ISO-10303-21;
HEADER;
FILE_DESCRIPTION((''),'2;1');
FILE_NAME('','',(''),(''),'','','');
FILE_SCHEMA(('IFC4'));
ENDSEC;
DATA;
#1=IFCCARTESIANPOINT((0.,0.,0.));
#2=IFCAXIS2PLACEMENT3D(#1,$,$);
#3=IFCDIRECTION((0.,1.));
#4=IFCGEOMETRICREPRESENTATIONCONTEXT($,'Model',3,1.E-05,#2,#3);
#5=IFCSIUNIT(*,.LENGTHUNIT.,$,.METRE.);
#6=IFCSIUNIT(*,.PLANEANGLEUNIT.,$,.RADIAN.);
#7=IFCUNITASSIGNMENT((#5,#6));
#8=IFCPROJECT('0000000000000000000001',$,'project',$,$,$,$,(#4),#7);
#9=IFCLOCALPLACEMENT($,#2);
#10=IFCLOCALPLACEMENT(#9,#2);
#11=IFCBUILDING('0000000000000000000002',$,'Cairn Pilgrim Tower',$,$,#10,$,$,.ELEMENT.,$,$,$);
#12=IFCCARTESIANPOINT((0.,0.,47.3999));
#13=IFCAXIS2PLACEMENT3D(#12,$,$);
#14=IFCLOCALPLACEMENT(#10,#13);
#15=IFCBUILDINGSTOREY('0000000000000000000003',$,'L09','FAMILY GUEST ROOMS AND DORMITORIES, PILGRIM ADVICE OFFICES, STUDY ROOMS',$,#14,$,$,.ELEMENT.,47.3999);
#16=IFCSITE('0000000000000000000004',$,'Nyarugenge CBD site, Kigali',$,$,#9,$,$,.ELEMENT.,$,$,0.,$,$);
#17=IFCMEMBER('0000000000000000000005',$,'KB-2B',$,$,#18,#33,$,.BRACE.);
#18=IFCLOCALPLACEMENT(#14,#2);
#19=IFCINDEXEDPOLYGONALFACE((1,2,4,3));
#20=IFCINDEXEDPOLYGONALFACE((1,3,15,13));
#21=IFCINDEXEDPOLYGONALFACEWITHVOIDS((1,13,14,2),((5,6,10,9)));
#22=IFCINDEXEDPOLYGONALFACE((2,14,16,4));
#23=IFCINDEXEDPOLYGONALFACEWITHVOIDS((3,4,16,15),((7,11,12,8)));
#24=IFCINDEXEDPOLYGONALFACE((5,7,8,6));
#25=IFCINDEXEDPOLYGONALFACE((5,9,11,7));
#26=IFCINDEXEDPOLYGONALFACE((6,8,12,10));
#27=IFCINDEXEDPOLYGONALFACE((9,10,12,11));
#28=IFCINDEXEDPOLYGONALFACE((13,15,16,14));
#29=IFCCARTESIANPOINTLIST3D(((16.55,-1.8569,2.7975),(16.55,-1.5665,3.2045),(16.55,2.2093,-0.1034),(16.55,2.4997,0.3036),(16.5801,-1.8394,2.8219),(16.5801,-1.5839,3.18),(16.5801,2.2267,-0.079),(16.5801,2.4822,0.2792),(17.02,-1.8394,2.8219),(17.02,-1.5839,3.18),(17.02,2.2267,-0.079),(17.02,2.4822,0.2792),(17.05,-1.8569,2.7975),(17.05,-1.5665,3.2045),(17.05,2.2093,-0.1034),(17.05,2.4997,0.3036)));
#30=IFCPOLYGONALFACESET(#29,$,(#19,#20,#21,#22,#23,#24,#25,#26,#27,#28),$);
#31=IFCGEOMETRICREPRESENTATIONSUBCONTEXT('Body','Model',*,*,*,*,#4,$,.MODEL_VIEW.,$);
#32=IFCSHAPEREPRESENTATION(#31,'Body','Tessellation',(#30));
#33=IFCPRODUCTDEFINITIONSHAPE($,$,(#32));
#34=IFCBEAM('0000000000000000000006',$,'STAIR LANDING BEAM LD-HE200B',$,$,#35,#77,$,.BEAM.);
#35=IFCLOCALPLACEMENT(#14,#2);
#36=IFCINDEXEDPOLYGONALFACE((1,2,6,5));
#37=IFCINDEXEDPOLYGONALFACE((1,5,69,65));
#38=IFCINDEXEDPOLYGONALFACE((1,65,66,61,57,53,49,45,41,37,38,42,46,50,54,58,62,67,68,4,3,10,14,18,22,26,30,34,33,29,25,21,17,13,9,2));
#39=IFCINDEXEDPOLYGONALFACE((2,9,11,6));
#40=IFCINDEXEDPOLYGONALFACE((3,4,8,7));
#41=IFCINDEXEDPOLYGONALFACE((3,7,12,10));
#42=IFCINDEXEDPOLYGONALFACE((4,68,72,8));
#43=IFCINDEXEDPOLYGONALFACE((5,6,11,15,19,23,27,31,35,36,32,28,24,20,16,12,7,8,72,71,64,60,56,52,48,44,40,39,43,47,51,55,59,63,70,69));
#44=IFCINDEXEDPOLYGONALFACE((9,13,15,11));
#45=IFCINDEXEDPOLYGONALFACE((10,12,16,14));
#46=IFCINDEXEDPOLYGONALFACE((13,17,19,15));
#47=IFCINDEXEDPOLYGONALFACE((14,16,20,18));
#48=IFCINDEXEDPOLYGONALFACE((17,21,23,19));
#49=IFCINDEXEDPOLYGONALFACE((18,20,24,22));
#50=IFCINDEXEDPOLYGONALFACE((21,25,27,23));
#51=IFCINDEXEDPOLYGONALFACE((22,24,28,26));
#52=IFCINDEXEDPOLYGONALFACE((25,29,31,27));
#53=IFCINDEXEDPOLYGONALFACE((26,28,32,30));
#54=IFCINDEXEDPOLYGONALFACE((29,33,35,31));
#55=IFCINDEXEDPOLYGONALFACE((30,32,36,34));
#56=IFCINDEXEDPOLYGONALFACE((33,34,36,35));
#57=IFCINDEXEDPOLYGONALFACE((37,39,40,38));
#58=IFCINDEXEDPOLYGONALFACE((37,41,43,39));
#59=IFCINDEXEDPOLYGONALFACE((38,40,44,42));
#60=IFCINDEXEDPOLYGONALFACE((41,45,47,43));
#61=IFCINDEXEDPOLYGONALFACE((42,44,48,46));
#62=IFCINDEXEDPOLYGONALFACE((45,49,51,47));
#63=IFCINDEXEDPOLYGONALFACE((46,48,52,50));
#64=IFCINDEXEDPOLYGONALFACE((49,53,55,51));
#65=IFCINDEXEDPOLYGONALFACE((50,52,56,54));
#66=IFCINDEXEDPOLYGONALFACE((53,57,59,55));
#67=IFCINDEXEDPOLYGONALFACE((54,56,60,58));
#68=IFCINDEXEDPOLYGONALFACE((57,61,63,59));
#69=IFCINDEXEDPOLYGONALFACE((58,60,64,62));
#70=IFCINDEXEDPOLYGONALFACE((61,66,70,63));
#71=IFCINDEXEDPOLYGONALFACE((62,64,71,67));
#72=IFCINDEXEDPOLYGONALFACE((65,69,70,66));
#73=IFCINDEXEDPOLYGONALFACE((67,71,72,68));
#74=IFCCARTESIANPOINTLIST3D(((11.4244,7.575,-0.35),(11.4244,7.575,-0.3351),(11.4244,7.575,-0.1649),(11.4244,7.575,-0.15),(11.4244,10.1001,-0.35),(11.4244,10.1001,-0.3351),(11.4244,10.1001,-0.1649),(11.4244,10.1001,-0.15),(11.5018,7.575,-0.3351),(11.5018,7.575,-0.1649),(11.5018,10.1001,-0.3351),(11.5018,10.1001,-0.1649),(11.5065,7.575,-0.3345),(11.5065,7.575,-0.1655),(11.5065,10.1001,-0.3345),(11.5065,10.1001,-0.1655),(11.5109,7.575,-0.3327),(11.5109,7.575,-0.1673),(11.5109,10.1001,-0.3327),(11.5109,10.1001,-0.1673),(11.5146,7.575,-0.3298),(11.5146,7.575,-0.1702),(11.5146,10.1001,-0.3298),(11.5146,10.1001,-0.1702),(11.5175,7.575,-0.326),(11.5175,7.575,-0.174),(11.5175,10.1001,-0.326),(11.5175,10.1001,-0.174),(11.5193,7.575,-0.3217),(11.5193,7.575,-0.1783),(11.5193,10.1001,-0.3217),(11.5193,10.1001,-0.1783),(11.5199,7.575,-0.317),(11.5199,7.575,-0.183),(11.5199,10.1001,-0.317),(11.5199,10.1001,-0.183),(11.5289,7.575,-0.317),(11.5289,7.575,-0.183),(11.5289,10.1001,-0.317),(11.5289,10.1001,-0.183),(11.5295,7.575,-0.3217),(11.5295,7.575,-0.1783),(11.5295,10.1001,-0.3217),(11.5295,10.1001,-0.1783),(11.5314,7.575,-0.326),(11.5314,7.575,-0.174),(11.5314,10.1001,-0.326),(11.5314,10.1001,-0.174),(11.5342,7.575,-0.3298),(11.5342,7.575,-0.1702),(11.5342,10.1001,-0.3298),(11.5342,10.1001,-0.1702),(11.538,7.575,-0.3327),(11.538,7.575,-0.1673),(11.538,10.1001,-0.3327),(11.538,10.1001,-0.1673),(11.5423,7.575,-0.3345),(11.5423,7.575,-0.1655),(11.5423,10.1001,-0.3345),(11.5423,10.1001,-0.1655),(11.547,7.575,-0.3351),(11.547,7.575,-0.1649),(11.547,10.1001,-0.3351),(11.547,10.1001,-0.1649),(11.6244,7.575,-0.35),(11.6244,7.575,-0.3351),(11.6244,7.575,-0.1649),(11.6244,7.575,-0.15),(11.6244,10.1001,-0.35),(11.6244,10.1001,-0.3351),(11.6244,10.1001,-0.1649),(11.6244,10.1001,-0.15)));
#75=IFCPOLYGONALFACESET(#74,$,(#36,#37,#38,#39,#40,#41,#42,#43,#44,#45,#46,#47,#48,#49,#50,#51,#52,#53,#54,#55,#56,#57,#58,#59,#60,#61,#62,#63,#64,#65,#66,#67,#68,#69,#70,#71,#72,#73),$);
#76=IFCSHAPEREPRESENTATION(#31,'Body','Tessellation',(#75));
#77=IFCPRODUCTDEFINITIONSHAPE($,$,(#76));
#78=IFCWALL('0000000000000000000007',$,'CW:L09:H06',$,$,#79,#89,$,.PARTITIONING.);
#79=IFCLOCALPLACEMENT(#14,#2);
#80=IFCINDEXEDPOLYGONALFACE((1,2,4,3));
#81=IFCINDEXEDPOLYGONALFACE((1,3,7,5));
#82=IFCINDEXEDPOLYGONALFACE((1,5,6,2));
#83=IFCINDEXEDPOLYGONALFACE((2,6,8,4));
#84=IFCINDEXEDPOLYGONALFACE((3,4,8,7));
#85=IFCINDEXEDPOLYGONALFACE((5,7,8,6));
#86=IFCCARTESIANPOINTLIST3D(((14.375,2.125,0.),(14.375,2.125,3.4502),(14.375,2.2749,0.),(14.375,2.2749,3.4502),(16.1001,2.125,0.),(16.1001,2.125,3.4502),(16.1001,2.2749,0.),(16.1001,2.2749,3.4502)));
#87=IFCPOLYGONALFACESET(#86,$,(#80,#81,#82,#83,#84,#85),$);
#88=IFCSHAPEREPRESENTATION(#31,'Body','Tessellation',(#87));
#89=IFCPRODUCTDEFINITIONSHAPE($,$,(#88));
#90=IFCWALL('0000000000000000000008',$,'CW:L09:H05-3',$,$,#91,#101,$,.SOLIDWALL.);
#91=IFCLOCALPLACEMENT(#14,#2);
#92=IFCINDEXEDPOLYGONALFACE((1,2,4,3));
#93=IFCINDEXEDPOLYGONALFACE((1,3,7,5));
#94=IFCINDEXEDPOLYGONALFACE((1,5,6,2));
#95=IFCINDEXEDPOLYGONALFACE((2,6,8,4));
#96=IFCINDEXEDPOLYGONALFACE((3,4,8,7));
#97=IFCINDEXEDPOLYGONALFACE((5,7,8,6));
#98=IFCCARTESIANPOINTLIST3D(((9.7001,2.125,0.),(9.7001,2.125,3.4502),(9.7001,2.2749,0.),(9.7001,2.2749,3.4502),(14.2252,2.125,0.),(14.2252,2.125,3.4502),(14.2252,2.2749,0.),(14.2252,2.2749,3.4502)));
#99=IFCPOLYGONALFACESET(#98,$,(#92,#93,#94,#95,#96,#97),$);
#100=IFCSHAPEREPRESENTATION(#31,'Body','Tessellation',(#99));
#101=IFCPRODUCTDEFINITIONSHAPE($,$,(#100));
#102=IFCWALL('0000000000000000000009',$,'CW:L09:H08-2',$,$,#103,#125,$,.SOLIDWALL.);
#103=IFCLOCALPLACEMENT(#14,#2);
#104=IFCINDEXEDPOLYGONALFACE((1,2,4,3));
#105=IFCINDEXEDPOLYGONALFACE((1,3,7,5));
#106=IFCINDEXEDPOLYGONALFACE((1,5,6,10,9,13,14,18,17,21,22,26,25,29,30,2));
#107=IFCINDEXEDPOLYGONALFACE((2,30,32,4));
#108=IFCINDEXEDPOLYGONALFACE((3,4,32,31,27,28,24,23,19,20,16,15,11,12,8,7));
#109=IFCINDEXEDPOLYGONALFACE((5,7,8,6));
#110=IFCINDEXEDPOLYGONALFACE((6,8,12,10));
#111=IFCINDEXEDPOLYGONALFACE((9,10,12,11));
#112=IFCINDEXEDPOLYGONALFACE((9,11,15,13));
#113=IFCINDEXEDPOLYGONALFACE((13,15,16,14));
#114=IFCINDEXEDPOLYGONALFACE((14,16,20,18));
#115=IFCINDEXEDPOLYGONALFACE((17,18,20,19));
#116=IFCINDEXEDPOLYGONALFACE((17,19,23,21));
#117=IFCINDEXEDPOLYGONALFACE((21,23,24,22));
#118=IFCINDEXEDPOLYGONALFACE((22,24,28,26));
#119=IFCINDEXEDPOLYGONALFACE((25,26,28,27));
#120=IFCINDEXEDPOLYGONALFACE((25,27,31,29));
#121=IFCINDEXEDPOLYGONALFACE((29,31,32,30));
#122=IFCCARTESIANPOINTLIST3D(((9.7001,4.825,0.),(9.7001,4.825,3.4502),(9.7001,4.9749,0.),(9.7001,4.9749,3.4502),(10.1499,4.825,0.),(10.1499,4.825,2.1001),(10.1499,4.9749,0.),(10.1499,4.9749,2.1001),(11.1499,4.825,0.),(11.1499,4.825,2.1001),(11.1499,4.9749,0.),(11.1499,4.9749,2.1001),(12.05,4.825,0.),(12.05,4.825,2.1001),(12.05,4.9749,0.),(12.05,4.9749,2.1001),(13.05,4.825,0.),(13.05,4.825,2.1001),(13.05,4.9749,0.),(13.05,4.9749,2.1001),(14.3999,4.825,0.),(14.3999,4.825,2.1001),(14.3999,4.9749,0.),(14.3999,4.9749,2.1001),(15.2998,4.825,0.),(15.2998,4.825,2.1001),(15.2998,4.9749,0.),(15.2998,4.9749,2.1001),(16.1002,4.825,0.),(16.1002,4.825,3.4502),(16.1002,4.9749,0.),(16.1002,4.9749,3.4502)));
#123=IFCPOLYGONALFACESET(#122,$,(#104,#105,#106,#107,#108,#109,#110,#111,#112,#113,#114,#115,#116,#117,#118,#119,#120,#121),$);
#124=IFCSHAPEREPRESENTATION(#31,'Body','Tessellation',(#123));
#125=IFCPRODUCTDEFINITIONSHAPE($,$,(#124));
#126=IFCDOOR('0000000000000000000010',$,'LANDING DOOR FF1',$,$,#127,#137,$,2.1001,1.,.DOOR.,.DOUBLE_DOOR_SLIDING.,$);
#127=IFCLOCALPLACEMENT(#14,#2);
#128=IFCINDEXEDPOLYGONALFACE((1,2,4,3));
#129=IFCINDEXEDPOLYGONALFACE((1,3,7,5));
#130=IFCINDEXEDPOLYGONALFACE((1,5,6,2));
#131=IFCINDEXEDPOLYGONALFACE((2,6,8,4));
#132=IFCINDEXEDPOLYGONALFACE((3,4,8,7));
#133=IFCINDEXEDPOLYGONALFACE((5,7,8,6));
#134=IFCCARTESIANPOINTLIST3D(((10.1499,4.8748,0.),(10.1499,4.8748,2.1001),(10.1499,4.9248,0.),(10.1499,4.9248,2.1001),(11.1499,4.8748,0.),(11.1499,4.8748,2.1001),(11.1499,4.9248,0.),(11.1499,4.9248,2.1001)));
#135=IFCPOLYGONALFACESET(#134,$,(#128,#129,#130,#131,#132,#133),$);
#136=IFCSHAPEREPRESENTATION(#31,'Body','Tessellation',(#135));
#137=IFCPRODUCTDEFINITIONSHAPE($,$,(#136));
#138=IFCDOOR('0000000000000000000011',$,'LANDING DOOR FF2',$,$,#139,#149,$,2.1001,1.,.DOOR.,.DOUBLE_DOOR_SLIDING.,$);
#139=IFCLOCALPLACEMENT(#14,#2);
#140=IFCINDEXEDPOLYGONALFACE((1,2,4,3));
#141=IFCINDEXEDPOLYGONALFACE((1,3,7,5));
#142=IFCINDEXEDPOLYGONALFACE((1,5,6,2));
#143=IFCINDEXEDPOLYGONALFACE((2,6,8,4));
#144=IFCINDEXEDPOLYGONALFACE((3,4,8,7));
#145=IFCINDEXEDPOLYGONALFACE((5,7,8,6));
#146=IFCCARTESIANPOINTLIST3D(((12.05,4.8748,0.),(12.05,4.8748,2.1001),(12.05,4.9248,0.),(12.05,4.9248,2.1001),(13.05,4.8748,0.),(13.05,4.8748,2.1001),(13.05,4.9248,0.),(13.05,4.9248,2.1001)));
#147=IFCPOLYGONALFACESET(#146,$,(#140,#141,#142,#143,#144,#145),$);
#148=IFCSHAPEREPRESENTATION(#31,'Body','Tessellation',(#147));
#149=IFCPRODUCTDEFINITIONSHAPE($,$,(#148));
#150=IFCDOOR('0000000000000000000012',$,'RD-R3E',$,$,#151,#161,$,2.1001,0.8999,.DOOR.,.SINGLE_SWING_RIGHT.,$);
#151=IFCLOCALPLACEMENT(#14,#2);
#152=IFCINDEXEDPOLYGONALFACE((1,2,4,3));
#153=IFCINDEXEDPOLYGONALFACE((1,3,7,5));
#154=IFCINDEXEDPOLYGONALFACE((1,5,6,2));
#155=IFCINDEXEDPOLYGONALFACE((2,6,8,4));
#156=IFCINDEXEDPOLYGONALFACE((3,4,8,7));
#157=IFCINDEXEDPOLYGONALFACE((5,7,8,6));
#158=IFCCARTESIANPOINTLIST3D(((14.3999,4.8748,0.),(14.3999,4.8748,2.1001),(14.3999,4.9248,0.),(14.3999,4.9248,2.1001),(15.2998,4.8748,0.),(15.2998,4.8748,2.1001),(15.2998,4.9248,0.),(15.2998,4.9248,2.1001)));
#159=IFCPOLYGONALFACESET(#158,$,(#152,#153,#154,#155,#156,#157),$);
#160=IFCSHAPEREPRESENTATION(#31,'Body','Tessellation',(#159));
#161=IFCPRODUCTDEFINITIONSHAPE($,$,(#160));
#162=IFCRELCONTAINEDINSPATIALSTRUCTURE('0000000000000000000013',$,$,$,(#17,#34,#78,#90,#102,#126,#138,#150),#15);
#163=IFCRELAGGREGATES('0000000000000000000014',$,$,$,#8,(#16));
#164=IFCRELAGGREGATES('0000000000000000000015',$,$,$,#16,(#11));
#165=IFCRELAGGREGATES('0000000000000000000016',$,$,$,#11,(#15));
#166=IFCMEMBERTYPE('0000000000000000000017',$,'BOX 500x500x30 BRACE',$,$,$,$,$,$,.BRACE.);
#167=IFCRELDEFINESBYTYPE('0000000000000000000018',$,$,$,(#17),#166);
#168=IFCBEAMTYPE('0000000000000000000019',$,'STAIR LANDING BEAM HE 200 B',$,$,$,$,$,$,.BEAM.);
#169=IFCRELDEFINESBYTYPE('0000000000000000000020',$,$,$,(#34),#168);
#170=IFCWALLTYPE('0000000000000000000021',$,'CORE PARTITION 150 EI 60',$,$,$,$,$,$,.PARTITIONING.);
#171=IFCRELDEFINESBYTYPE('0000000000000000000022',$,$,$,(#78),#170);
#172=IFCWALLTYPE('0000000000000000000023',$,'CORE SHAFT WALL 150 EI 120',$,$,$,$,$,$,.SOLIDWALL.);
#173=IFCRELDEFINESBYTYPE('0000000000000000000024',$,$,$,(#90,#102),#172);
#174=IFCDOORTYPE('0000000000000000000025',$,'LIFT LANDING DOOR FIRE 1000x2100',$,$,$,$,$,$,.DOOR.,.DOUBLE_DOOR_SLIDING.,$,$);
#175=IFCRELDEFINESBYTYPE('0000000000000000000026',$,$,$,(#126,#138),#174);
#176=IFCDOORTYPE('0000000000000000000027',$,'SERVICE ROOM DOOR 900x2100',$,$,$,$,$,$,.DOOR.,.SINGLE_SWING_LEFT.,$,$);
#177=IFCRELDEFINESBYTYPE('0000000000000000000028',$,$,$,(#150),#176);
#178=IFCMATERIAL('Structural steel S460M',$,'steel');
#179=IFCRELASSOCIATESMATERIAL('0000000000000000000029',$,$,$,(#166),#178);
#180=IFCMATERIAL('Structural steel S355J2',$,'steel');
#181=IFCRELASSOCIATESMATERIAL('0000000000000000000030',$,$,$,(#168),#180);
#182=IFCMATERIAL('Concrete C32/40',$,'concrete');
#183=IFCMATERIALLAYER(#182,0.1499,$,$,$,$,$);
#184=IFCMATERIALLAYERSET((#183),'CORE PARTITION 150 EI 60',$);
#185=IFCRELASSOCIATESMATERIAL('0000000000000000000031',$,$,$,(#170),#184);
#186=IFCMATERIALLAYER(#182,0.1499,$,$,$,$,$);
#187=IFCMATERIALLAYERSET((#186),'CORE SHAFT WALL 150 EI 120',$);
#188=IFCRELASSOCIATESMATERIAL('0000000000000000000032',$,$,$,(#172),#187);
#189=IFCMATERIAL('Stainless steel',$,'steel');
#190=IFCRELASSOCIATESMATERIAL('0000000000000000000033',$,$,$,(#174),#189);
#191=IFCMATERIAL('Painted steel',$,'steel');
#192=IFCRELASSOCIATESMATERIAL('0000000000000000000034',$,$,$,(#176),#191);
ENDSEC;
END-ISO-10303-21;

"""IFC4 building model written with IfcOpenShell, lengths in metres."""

from ifc_helpers import new_model, si_unit, direction, frame, frame_2d, origin, origin_2d, place, context, subcontext, project, spatial, rectangle, hollow_rectangle, i_section, extrude, material, layer, layer_set, material_profile, profile_set, type_object, element, fill, save


model = new_model("IFC4")

# Units and contexts
model_context = context("Model", 3, precision=1e-05, world=origin(), true_north=direction((0.0, 1.0)))
body_context = subcontext(model_context, "Body", "Model", "MODEL_VIEW")
ifc_project = project(units=[si_unit("LENGTHUNIT", "METRE"), si_unit("PLANEANGLEUNIT", "RADIAN")], contexts=[model_context])

# Site, building, storey
site_placement = place(None, origin())
site = spatial("IfcSite", under=ifc_project, at=site_placement, Name="Nyarugenge CBD site, Kigali", CompositionType="ELEMENT", RefElevation=0.0)
building_placement = place(site_placement, origin())
building = spatial("IfcBuilding", under=site, at=building_placement, Name="Cairn Pilgrim Tower", CompositionType="ELEMENT")
storey_placement = place(building_placement, frame((0.0, 0.0, 47.3999)))
storey = spatial("IfcBuildingStorey", under=building, at=storey_placement, Name="L09", Description="FAMILY GUEST ROOMS AND DORMITORIES, PILGRIM ADVICE OFFICES, STUDY ROOMS", CompositionType="ELEMENT", Elevation=47.3999)

# Member
ifc_material_1 = material(Name="Structural steel S460M", Category="steel")
ifc_material_profile_1 = material_profile(ifc_material_1, hollow_rectangle(XDim=0.5, YDim=0.5, WallThickness=0.03, at=origin_2d()), Name="BOX 500x500x30")
ifc_profile_set_1 = profile_set([ifc_material_profile_1], Name="Structural steel S460M")
member_type = type_object("IfcMemberType", Name="BOX 500x500x30 BRACE", PredefinedType="BRACE", material=ifc_profile_set_1)
member_placement = place(storey_placement, frame((16.8, 2.3545, 0.1001), z_axis=(0.0, -0.814067, 0.580771), x_axis=(1.0, 0.0, 0.0)))
element("IfcMember", 1, at=member_placement, inside=storey, type_object=member_type, Name="KB-2B", PredefinedType="BRACE", context=body_context, shape_type="SweptSolid", body=[
    extrude(hollow_rectangle(XDim=0.5, YDim=0.5, WallThickness=0.03, at=origin_2d()), origin(), (0.0, 0.0, 1.0), 4.9949),
])

# Beam
ifc_material_2 = material(Name="Structural steel S355J2", Category="steel")
ifc_material_profile_2 = material_profile(ifc_material_2, i_section(OverallWidth=0.2, OverallDepth=0.2, WebThickness=0.009, FlangeThickness=0.0149, FilletRadius=0.0181, at=origin_2d()), Name="HE 200 B")
ifc_profile_set_2 = profile_set([ifc_material_profile_2], Name="Structural steel S355J2")
beam_type = type_object("IfcBeamType", Name="STAIR LANDING BEAM HE 200 B", PredefinedType="BEAM", material=ifc_profile_set_2)
beam_placement = place(storey_placement, frame((11.5244, 10.1001, -0.25), z_axis=(0.0, -1.0, 0.0), x_axis=(1.0, 0.0, 0.0)))
element("IfcBeam", 2, at=beam_placement, inside=storey, type_object=beam_type, Name="STAIR LANDING BEAM LD-HE200B", PredefinedType="BEAM", context=body_context, shape_type="SweptSolid", body=[
    extrude(i_section(OverallWidth=0.2, OverallDepth=0.2, WebThickness=0.009, FlangeThickness=0.0149, FilletRadius=0.0181, at=origin_2d()), origin(), (0.0, 0.0, 1.0), 2.5251),
])

# Walls
ifc_material_3 = material(Name="Concrete C32/40", Category="concrete")
ifc_layer_1 = layer(ifc_material_3, 0.1499)
ifc_layer_set_1 = layer_set([ifc_layer_1], Name="CORE PARTITION 150 EI 60")
wall_type_1 = type_object("IfcWallType", Name="CORE PARTITION 150 EI 60", PredefinedType="PARTITIONING", material=ifc_layer_set_1)
wall_1_placement = place(storey_placement, frame((14.375, 2.2, 0.0), z_axis=(0.0, 0.0, 1.0), x_axis=(1.0, 0.0, 0.0)))
element("IfcWall", 3, at=wall_1_placement, inside=storey, type_object=wall_type_1, Name="CW:L09:H06", PredefinedType="PARTITIONING", context=body_context, shape_type="SweptSolid", body=[
    extrude(rectangle(XDim=1.7251, YDim=0.1499, at=frame_2d((0.8625, 0.0))), origin(), (0.0, 0.0, 1.0), 3.4502),
])
ifc_layer_2 = layer(ifc_material_3, 0.1499)
ifc_layer_set_2 = layer_set([ifc_layer_2], Name="CORE SHAFT WALL 150 EI 120")
wall_type_2 = type_object("IfcWallType", Name="CORE SHAFT WALL 150 EI 120", PredefinedType="SOLIDWALL", material=ifc_layer_set_2)
wall_2_placement = place(storey_placement, frame((9.7, 2.2, 0.0), z_axis=(0.0, 0.0, 1.0), x_axis=(1.0, 0.0, 0.0)))
element("IfcWall", 4, at=wall_2_placement, inside=storey, type_object=wall_type_2, Name="CW:L09:H05-3", PredefinedType="SOLIDWALL", context=body_context, shape_type="SweptSolid", body=[
    extrude(rectangle(XDim=4.5251, YDim=0.1499, at=frame_2d((2.2627, 0.0))), origin(), (0.0, 0.0, 1.0), 3.4502),
])

# Wall, openings, doors
wall_3_placement = place(storey_placement, frame((9.7, 4.8999, 0.0), z_axis=(0.0, 0.0, 1.0), x_axis=(1.0, 0.0, 0.0)))
wall_3 = element("IfcWall", 5, at=wall_3_placement, inside=storey, type_object=wall_type_2, Name="CW:L09:H08-2", PredefinedType="SOLIDWALL", context=body_context, shape_type="SweptSolid", body=[
    extrude(rectangle(XDim=6.4001, YDim=0.1499, at=frame_2d((3.2002, 0.0))), origin(), (0.0, 0.0, 1.0), 3.4502),
])
opening_1_placement = place(wall_3_placement, frame((0.45, 0.0, 0.0)))
opening_1 = element("IfcOpeningElement", 6, at=opening_1_placement, cuts=wall_3, PredefinedType="OPENING", context=body_context, shape_type="SweptSolid", body=[
    extrude(rectangle(XDim=1.0, YDim=2.1001, at=frame_2d((0.5, 1.05))), frame((0.0, 0.085, 0.0), z_axis=(0.0, -1.0, 0.0), x_axis=(1.0, 0.0, 0.0)), (0.0, 0.0, 1.0), 0.1699),
])
opening_2_placement = place(wall_3_placement, frame((2.3501, 0.0, 0.0)))
opening_2 = element("IfcOpeningElement", 7, at=opening_2_placement, cuts=wall_3, PredefinedType="OPENING", context=body_context, shape_type="SweptSolid", body=[
    extrude(rectangle(XDim=1.0, YDim=2.1001, at=frame_2d((0.5, 1.05))), frame((0.0, 0.085, 0.0), z_axis=(0.0, -1.0, 0.0), x_axis=(1.0, 0.0, 0.0)), (0.0, 0.0, 1.0), 0.1699),
])
opening_3_placement = place(wall_3_placement, frame((4.7, 0.0, 0.0)))
opening_3 = element("IfcOpeningElement", 8, at=opening_3_placement, cuts=wall_3, PredefinedType="OPENING", context=body_context, shape_type="SweptSolid", body=[
    extrude(rectangle(XDim=0.8999, YDim=2.1001, at=frame_2d((0.45, 1.05))), frame((0.0, 0.085, 0.0), z_axis=(0.0, -1.0, 0.0), x_axis=(1.0, 0.0, 0.0)), (0.0, 0.0, 1.0), 0.1699),
])
ifc_material_4 = material(Name="Stainless steel", Category="steel")
door_type_1 = type_object("IfcDoorType", Name="LIFT LANDING DOOR FIRE 1000x2100", OperationType="DOUBLE_DOOR_SLIDING", PredefinedType="DOOR", material=ifc_material_4)
door_1_placement = place(opening_1_placement, origin())
door_1 = element("IfcDoor", 9, at=door_1_placement, inside=storey, type_object=door_type_1, Name="LANDING DOOR FF1", OperationType="DOUBLE_DOOR_SLIDING", OverallHeight=2.1001, OverallWidth=1.0, PredefinedType="DOOR", context=body_context, shape_type="SweptSolid", body=[
    extrude(rectangle(XDim=1.0, YDim=2.1001, at=frame_2d((0.5, 1.05))), frame((0.0, 0.0249, 0.0), z_axis=(0.0, -1.0, 0.0), x_axis=(1.0, 0.0, 0.0)), (0.0, 0.0, 1.0), 0.05),
])
fill(opening_1, door_1)
door_2_placement = place(opening_2_placement, origin())
door_2 = element("IfcDoor", 10, at=door_2_placement, inside=storey, type_object=door_type_1, Name="LANDING DOOR FF2", OperationType="DOUBLE_DOOR_SLIDING", OverallHeight=2.1001, OverallWidth=1.0, PredefinedType="DOOR", context=body_context, shape_type="SweptSolid", body=[
    extrude(rectangle(XDim=1.0, YDim=2.1001, at=frame_2d((0.5, 1.05))), frame((0.0, 0.0249, 0.0), z_axis=(0.0, -1.0, 0.0), x_axis=(1.0, 0.0, 0.0)), (0.0, 0.0, 1.0), 0.05),
])
fill(opening_2, door_2)
ifc_material_5 = material(Name="Painted steel", Category="steel")
door_type_2 = type_object("IfcDoorType", Name="SERVICE ROOM DOOR 900x2100", OperationType="SINGLE_SWING_LEFT", PredefinedType="DOOR", material=ifc_material_5)
door_3_placement = place(opening_3_placement, origin())
door_3 = element("IfcDoor", 11, at=door_3_placement, inside=storey, type_object=door_type_2, Name="RD-R3E", OperationType="SINGLE_SWING_RIGHT", OverallHeight=2.1001, OverallWidth=0.8999, PredefinedType="DOOR", context=body_context, shape_type="SweptSolid", body=[
    extrude(rectangle(XDim=0.8999, YDim=2.1001, at=frame_2d((0.45, 1.05))), frame((0.0, 0.0249, 0.0), z_axis=(0.0, -1.0, 0.0), x_axis=(1.0, 0.0, 0.0)), (0.0, 0.0, 1.0), 0.05),
])
fill(opening_3, door_3)

save(model, "model.ifc")
